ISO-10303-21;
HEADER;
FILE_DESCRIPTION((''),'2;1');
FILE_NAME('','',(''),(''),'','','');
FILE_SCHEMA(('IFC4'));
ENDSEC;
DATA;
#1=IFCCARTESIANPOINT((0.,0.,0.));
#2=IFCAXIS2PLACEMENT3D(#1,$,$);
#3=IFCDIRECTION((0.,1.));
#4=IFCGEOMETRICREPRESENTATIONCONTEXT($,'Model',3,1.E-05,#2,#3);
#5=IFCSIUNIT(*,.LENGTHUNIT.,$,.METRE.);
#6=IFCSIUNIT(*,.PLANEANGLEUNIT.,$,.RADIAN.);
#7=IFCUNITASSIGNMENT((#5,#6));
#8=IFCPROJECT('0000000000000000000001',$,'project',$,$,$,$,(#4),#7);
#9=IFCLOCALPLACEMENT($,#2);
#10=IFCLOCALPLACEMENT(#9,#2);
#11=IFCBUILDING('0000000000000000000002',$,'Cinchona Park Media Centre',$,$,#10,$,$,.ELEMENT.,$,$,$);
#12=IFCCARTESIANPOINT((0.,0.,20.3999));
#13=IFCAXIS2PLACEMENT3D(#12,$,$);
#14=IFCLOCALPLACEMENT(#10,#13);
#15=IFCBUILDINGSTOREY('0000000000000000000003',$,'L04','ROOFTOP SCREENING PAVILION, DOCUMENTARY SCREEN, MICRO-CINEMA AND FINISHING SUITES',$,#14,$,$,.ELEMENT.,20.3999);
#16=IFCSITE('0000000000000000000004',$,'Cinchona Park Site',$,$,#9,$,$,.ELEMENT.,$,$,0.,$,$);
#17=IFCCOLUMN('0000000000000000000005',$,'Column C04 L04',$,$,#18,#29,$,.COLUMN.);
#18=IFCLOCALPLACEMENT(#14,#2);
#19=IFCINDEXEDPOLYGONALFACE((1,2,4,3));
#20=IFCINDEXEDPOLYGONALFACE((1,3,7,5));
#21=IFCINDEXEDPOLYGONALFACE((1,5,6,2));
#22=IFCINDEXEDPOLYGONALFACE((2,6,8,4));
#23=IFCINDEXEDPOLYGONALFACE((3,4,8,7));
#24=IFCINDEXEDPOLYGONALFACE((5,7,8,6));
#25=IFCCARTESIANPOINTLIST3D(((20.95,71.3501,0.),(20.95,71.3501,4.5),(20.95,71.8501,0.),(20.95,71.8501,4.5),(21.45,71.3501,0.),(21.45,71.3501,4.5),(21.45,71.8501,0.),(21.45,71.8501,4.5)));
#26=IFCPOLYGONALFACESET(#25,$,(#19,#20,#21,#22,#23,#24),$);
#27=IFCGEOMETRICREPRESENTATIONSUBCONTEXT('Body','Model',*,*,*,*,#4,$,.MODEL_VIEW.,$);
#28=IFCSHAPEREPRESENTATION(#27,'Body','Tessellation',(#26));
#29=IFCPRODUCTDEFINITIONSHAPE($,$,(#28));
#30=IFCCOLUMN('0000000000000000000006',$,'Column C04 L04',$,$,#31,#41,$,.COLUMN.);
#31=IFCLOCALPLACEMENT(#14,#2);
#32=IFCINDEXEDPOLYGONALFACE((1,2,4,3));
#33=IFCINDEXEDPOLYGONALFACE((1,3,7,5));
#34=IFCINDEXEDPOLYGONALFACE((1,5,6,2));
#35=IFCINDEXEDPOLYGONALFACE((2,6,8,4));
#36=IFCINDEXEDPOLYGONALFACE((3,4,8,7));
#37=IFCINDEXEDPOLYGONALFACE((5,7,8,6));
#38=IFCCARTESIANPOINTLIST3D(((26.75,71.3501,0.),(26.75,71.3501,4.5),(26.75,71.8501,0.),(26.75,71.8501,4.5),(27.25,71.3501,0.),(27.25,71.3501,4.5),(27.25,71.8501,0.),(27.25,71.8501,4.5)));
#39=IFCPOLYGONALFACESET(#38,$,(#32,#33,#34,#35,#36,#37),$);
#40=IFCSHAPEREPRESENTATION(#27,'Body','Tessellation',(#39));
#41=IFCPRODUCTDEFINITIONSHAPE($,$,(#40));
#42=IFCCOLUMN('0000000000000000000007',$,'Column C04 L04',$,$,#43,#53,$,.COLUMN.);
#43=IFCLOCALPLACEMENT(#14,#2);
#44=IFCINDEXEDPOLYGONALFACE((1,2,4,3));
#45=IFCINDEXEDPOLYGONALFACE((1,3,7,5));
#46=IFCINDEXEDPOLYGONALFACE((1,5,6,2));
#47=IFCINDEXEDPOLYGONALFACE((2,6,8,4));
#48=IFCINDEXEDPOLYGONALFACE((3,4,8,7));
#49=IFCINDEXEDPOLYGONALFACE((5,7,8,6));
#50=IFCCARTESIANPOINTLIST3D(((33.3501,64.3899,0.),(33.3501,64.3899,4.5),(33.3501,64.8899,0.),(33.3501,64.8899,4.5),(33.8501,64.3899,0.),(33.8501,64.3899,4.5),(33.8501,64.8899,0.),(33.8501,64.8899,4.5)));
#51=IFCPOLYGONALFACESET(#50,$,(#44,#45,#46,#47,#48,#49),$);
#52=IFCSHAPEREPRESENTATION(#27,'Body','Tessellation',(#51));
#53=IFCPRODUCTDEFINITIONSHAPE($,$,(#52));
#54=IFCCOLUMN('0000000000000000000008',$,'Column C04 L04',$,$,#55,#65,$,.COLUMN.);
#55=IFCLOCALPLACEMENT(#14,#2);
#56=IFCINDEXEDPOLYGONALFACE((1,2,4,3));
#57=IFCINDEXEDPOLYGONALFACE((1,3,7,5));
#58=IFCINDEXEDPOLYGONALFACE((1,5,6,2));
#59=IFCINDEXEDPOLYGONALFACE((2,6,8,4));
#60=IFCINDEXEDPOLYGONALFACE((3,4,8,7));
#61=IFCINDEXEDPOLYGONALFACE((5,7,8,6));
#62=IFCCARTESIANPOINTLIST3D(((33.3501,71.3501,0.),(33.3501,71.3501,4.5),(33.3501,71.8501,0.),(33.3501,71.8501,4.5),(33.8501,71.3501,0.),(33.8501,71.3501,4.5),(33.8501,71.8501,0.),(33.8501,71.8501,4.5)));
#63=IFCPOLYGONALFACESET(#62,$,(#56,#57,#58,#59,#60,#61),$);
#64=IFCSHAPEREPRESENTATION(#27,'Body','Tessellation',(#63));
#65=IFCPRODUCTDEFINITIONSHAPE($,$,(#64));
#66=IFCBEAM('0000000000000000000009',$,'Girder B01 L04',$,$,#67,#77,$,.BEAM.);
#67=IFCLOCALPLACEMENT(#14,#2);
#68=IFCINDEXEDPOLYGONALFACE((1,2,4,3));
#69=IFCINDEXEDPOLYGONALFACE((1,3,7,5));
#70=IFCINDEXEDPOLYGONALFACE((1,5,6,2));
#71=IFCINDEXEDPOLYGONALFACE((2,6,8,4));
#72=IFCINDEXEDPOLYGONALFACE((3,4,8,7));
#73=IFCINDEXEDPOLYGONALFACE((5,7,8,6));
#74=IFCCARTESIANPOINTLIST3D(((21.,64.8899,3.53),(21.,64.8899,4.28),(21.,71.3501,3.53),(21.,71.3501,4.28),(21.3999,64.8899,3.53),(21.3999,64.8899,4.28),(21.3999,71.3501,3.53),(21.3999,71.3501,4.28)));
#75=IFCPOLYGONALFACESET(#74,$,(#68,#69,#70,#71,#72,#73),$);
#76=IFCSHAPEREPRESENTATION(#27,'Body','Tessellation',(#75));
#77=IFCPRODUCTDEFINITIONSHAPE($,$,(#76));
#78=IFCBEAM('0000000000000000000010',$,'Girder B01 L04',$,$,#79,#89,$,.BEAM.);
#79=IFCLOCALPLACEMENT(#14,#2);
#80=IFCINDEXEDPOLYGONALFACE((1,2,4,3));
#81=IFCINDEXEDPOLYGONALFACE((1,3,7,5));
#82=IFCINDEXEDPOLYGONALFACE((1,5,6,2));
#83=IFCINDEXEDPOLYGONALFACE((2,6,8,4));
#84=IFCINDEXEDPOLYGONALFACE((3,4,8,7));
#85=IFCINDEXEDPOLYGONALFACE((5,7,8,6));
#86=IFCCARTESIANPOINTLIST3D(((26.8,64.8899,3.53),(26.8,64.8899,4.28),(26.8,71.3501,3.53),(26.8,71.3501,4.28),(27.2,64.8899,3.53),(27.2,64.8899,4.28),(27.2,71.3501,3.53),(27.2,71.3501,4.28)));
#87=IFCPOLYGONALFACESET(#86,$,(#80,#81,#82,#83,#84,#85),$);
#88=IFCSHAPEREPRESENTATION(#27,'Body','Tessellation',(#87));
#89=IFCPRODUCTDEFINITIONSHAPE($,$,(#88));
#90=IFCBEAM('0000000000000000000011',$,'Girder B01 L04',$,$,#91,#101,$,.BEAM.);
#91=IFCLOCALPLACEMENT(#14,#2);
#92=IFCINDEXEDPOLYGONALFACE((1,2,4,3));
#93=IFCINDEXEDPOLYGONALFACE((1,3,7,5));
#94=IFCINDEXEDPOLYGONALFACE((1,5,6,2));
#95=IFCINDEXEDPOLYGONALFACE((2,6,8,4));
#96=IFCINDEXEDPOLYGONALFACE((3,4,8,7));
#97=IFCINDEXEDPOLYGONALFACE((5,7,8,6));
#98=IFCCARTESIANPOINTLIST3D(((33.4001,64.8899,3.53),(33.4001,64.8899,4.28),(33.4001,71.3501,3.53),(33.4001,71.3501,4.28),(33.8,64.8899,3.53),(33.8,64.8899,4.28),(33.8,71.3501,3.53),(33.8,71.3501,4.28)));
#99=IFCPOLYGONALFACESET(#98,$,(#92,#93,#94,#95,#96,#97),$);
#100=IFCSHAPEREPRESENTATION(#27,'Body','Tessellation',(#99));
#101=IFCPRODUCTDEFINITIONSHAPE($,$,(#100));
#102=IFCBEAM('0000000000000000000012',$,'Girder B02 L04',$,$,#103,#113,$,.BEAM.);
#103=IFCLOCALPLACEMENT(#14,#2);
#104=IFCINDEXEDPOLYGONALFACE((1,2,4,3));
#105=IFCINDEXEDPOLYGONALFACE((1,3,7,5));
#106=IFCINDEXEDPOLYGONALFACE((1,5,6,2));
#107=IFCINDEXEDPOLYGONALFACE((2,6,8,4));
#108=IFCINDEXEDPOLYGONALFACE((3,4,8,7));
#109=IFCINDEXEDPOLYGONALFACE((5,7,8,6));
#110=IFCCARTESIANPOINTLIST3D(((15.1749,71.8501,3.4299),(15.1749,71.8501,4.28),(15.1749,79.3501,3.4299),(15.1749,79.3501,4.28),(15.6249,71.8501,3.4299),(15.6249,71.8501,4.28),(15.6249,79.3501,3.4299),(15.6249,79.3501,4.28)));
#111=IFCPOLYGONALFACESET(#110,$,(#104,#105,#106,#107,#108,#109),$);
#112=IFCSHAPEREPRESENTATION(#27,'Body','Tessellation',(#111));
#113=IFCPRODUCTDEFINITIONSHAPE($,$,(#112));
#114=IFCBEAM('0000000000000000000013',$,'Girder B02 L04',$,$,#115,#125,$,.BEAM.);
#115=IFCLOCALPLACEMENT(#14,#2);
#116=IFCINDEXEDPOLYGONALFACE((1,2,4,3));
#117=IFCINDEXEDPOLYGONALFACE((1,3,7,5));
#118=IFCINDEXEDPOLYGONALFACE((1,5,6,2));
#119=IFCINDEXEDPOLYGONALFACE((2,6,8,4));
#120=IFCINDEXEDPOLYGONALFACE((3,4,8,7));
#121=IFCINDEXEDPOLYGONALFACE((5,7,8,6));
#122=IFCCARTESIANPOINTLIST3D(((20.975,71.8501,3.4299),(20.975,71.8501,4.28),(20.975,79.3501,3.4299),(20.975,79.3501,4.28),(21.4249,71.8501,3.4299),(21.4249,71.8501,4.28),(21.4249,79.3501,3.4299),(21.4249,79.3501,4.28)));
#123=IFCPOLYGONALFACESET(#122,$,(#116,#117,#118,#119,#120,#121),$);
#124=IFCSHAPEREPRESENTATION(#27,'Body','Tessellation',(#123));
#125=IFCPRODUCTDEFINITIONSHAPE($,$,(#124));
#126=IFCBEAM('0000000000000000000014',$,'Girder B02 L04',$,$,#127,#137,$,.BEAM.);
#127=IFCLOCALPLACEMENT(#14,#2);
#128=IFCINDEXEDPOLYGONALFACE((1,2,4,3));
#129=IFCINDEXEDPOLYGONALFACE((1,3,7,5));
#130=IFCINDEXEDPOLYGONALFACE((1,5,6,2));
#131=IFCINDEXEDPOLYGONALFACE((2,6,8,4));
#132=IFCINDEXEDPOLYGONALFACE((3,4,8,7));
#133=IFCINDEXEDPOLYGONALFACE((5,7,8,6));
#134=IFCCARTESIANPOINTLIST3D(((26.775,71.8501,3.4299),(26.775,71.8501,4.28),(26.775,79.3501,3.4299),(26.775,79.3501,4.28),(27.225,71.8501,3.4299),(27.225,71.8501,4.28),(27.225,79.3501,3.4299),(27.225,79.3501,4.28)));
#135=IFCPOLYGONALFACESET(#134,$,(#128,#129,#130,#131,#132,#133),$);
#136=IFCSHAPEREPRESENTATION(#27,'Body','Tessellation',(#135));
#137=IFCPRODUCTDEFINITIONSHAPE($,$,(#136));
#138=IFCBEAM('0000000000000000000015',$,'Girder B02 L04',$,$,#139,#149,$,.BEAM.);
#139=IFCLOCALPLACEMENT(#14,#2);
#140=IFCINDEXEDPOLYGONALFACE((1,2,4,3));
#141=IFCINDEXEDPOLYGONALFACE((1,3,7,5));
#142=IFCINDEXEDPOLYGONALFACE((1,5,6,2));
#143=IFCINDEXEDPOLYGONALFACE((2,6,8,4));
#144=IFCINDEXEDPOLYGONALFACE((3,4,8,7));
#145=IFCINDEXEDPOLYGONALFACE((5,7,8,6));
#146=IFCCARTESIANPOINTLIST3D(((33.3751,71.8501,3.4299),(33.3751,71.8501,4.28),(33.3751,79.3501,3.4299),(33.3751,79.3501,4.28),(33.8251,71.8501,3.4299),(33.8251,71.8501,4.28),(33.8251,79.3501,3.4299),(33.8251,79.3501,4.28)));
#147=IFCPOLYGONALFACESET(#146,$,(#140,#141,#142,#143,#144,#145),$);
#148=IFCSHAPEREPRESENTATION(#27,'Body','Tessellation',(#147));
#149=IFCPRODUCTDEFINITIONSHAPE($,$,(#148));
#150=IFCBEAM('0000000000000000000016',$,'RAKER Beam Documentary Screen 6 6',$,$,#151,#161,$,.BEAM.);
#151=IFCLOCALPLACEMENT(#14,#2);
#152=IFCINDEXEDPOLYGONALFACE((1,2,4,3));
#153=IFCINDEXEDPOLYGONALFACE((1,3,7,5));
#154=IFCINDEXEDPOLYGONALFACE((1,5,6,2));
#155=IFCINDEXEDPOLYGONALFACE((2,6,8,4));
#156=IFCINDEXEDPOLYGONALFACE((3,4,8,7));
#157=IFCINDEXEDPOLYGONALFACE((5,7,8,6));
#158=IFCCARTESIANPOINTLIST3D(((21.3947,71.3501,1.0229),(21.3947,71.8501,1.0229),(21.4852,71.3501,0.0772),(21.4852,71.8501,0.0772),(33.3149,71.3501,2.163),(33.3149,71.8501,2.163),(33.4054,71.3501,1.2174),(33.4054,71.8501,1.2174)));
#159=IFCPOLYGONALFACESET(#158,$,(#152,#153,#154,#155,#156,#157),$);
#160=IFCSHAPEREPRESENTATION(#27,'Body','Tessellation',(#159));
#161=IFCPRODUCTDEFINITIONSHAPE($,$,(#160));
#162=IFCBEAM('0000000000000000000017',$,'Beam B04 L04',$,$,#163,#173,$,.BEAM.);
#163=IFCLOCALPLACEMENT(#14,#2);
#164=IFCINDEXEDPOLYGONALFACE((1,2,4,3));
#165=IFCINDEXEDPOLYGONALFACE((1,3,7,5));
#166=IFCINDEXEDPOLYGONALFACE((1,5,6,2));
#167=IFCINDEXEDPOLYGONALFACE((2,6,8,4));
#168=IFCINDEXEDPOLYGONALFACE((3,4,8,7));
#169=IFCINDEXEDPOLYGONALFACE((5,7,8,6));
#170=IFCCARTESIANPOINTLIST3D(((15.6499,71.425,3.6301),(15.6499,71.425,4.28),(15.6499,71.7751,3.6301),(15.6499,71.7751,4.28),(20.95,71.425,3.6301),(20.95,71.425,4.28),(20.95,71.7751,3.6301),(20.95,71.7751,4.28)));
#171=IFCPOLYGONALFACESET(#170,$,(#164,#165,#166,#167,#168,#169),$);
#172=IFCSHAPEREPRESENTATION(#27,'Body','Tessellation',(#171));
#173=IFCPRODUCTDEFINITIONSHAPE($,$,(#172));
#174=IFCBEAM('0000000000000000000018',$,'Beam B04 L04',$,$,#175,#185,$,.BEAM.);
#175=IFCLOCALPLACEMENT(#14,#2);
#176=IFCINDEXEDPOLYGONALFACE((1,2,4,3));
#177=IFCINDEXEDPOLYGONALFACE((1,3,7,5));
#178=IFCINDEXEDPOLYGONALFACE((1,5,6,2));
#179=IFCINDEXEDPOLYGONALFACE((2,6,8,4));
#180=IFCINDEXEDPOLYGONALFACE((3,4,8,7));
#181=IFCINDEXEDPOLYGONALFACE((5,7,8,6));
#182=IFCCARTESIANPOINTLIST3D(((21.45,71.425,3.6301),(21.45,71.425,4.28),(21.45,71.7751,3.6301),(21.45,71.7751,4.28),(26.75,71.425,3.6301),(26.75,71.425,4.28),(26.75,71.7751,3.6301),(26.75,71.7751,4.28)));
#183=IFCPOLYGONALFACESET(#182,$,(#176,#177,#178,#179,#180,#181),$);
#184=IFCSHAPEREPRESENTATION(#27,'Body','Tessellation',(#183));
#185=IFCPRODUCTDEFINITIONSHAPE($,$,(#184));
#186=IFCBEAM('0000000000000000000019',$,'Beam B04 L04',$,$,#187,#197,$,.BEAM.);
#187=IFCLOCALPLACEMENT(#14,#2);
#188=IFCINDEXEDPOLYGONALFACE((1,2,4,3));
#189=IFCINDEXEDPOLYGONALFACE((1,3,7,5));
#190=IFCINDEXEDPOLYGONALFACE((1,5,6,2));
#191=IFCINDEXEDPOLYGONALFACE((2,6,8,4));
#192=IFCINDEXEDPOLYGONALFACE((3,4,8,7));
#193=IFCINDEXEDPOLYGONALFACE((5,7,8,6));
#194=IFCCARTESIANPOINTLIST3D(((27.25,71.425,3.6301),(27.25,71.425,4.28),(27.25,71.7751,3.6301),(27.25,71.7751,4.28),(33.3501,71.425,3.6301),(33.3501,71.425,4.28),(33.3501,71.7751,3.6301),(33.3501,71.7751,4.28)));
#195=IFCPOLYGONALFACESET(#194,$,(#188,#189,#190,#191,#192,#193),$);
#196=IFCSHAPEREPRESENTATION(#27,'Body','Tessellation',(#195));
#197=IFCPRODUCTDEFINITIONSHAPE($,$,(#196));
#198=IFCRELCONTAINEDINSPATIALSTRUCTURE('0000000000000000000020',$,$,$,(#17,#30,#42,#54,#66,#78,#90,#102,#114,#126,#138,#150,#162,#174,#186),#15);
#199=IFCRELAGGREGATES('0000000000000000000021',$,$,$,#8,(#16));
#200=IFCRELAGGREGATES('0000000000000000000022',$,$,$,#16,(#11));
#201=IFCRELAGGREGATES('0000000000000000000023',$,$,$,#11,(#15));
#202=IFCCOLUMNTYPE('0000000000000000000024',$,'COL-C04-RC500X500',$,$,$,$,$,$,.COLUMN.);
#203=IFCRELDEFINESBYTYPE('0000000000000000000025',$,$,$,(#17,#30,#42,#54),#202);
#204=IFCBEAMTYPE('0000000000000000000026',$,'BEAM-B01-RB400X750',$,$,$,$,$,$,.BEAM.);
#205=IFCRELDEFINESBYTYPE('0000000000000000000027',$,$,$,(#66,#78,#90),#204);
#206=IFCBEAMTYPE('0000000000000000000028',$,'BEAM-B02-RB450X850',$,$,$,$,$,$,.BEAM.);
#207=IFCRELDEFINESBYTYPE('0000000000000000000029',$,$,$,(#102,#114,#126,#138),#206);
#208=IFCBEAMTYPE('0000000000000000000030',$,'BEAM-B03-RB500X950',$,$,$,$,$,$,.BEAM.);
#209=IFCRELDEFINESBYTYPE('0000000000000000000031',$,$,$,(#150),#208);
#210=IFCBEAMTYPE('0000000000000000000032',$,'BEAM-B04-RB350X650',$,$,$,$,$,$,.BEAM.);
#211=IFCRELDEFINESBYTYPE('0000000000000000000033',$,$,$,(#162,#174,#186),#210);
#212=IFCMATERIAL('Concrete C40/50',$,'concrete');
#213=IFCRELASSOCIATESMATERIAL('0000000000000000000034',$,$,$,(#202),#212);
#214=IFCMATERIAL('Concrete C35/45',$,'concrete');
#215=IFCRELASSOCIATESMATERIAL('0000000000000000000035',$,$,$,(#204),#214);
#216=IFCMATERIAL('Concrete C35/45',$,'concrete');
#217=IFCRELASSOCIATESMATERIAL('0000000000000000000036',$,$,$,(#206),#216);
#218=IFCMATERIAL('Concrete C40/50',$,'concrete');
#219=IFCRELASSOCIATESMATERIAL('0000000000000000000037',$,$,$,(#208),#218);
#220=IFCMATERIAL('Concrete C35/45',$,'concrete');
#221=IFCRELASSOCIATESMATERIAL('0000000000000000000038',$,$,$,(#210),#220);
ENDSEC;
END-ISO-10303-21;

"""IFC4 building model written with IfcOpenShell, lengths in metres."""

from ifc_helpers import new_model, si_unit, direction, frame, origin, origin_2d, place, context, subcontext, project, spatial, rectangle, extrude, material, material_profile, profile_set, type_object, element, save


model = new_model("IFC4")

# Units and contexts
model_context = context("Model", 3, precision=1e-05, world=origin(), true_north=direction((0.0, 1.0)))
body_context = subcontext(model_context, "Body", "Model", "MODEL_VIEW")
ifc_project = project(units=[si_unit("LENGTHUNIT", "METRE"), si_unit("PLANEANGLEUNIT", "RADIAN")], contexts=[model_context])

# Site, building, storey
site_placement = place(None, origin())
site = spatial("IfcSite", under=ifc_project, at=site_placement, Name="Cinchona Park Site", CompositionType="ELEMENT", RefElevation=0.0)
building_placement = place(site_placement, origin())
building = spatial("IfcBuilding", under=site, at=building_placement, Name="Cinchona Park Media Centre", CompositionType="ELEMENT")
storey_placement = place(building_placement, frame((0.0, 0.0, 20.3999)))
storey = spatial("IfcBuildingStorey", under=building, at=storey_placement, Name="L04", Description="ROOFTOP SCREENING PAVILION, DOCUMENTARY SCREEN, MICRO-CINEMA AND FINISHING SUITES", CompositionType="ELEMENT", Elevation=20.3999)

# Columns
ifc_material_1 = material(Name="Concrete C40/50", Category="concrete")
ifc_material_profile_1 = material_profile(ifc_material_1, rectangle(XDim=0.5, YDim=0.5, at=origin_2d()), Name="RC 500X500")
ifc_profile_set_1 = profile_set([ifc_material_profile_1], Name="Concrete C40/50")
column_type = type_object("IfcColumnType", Name="COL-C04-RC500X500", PredefinedType="COLUMN", material=ifc_profile_set_1)
for number, where, z_axis, x_axis, name in (
    (1, (21.2, 71.6001, 0.0), (0.0, 0.0, 1.0), (1.0, 0.0, 0.0), "Column C04 L04"),
    (2, (27.0, 71.6001, 0.0), (0.0, 0.0, 1.0), (1.0, 0.0, 0.0), "Column C04 L04"),
    (3, (33.6001, 64.6399, 0.0), (0.0, 0.0, 1.0), (1.0, 0.0, 0.0), "Column C04 L04"),
    (4, (33.6001, 71.6001, 0.0), (0.0, 0.0, 1.0), (1.0, 0.0, 0.0), "Column C04 L04"),
):
    element("IfcColumn", number, at=place(storey_placement, frame(where, z_axis=z_axis, x_axis=x_axis)), inside=storey, type_object=column_type, Name=name, PredefinedType="COLUMN", context=body_context, shape_type="SweptSolid", body=[
        extrude(rectangle(XDim=0.5, YDim=0.5, at=origin_2d()), origin(), (0.0, 0.0, 1.0), 4.5),
    ])

# Beams
ifc_material_2 = material(Name="Concrete C35/45", Category="concrete")
ifc_material_profile_2 = material_profile(ifc_material_2, rectangle(XDim=0.3999, YDim=0.75, at=origin_2d()), Name="RB 400X750")
ifc_profile_set_2 = profile_set([ifc_material_profile_2], Name="Concrete C35/45")
beam_type_1 = type_object("IfcBeamType", Name="BEAM-B01-RB400X750", PredefinedType="BEAM", material=ifc_profile_set_2)
for number, where, z_axis, x_axis, name in (
    (5, (21.2, 64.8899, 3.905), (0.0, 1.0, 0.0), (-1.0, 0.0, 0.0), "Girder B01 L04"),
    (6, (27.0, 64.8899, 3.905), (0.0, 1.0, 0.0), (-1.0, 0.0, 0.0), "Girder B01 L04"),
    (7, (33.6001, 64.8899, 3.905), (0.0, 1.0, 0.0), (-1.0, 0.0, 0.0), "Girder B01 L04"),
):
    element("IfcBeam", number, at=place(storey_placement, frame(where, z_axis=z_axis, x_axis=x_axis)), inside=storey, type_object=beam_type_1, Name=name, PredefinedType="BEAM", context=body_context, shape_type="SweptSolid", body=[
        extrude(rectangle(XDim=0.3999, YDim=0.75, at=origin_2d()), origin(), (0.0, 0.0, 1.0), 6.4602),
    ])
ifc_material_3 = material(Name="Concrete C35/45", Category="concrete")
ifc_material_profile_3 = material_profile(ifc_material_3, rectangle(XDim=0.45, YDim=0.8501, at=origin_2d()), Name="RB 450X850")
ifc_profile_set_3 = profile_set([ifc_material_profile_3], Name="Concrete C35/45")
beam_type_2 = type_object("IfcBeamType", Name="BEAM-B02-RB450X850", PredefinedType="BEAM", material=ifc_profile_set_3)
for number, where, z_axis, x_axis, name in (
    (8, (15.3999, 71.8501, 3.855), (0.0, 1.0, 0.0), (-1.0, 0.0, 0.0), "Girder B02 L04"),
    (9, (21.2, 71.8501, 3.855), (0.0, 1.0, 0.0), (-1.0, 0.0, 0.0), "Girder B02 L04"),
    (10, (27.0, 71.8501, 3.855), (0.0, 1.0, 0.0), (-1.0, 0.0, 0.0), "Girder B02 L04"),
    (11, (33.6001, 71.8501, 3.855), (0.0, 1.0, 0.0), (-1.0, 0.0, 0.0), "Girder B02 L04"),
):
    element("IfcBeam", number, at=place(storey_placement, frame(where, z_axis=z_axis, x_axis=x_axis)), inside=storey, type_object=beam_type_2, Name=name, PredefinedType="BEAM", context=body_context, shape_type="SweptSolid", body=[
        extrude(rectangle(XDim=0.45, YDim=0.8501, at=origin_2d()), origin(), (0.0, 0.0, 1.0), 7.5),
    ])
ifc_material_4 = material(Name="Concrete C40/50", Category="concrete")
ifc_material_profile_4 = material_profile(ifc_material_4, rectangle(XDim=0.5, YDim=0.95, at=origin_2d()), Name="RB 500X950")
ifc_profile_set_4 = profile_set([ifc_material_profile_4], Name="Concrete C40/50")
beam_type_3 = type_object("IfcBeamType", Name="BEAM-B03-RB500X950", PredefinedType="BEAM", material=ifc_profile_set_4)
beam_1_placement = place(storey_placement, frame((21.4399, 71.6001, 0.55), z_axis=(0.995457, 0.0, 0.095213), x_axis=(0.0, 1.0, 0.0)))
element("IfcBeam", 12, at=beam_1_placement, inside=storey, type_object=beam_type_3, Name="RAKER Beam Documentary Screen 6 6", PredefinedType="BEAM", context=body_context, shape_type="SweptSolid", body=[
    extrude(rectangle(XDim=0.5, YDim=0.95, at=origin_2d()), origin(), (0.0, 0.0, 1.0), 11.9746),
])
ifc_material_5 = material(Name="Concrete C35/45", Category="concrete")
ifc_material_profile_5 = material_profile(ifc_material_5, rectangle(XDim=0.3501, YDim=0.6499, at=origin_2d()), Name="RB 350X650")
ifc_profile_set_5 = profile_set([ifc_material_profile_5], Name="Concrete C35/45")
beam_type_4 = type_object("IfcBeamType", Name="BEAM-B04-RB350X650", PredefinedType="BEAM", material=ifc_profile_set_5)
for number, where, z_axis, x_axis, name in (
    (13, (15.6499, 71.6001, 3.9551), (1.0, 0.0, 0.0), (0.0, 1.0, 0.0), "Beam B04 L04"),
    (14, (21.45, 71.6001, 3.9551), (1.0, 0.0, 0.0), (0.0, 1.0, 0.0), "Beam B04 L04"),
):
    element("IfcBeam", number, at=place(storey_placement, frame(where, z_axis=z_axis, x_axis=x_axis)), inside=storey, type_object=beam_type_4, Name=name, PredefinedType="BEAM", context=body_context, shape_type="SweptSolid", body=[
        extrude(rectangle(XDim=0.3501, YDim=0.6499, at=origin_2d()), origin(), (0.0, 0.0, 1.0), 5.3),
    ])
beam_2_placement = place(storey_placement, frame((27.25, 71.6001, 3.9551), z_axis=(1.0, 0.0, 0.0), x_axis=(0.0, 1.0, 0.0)))
element("IfcBeam", 15, at=beam_2_placement, inside=storey, type_object=beam_type_4, Name="Beam B04 L04", PredefinedType="BEAM", context=body_context, shape_type="SweptSolid", body=[
    extrude(rectangle(XDim=0.3501, YDim=0.6499, at=origin_2d()), origin(), (0.0, 0.0, 1.0), 6.1001),
])

save(model, "model.ifc")
